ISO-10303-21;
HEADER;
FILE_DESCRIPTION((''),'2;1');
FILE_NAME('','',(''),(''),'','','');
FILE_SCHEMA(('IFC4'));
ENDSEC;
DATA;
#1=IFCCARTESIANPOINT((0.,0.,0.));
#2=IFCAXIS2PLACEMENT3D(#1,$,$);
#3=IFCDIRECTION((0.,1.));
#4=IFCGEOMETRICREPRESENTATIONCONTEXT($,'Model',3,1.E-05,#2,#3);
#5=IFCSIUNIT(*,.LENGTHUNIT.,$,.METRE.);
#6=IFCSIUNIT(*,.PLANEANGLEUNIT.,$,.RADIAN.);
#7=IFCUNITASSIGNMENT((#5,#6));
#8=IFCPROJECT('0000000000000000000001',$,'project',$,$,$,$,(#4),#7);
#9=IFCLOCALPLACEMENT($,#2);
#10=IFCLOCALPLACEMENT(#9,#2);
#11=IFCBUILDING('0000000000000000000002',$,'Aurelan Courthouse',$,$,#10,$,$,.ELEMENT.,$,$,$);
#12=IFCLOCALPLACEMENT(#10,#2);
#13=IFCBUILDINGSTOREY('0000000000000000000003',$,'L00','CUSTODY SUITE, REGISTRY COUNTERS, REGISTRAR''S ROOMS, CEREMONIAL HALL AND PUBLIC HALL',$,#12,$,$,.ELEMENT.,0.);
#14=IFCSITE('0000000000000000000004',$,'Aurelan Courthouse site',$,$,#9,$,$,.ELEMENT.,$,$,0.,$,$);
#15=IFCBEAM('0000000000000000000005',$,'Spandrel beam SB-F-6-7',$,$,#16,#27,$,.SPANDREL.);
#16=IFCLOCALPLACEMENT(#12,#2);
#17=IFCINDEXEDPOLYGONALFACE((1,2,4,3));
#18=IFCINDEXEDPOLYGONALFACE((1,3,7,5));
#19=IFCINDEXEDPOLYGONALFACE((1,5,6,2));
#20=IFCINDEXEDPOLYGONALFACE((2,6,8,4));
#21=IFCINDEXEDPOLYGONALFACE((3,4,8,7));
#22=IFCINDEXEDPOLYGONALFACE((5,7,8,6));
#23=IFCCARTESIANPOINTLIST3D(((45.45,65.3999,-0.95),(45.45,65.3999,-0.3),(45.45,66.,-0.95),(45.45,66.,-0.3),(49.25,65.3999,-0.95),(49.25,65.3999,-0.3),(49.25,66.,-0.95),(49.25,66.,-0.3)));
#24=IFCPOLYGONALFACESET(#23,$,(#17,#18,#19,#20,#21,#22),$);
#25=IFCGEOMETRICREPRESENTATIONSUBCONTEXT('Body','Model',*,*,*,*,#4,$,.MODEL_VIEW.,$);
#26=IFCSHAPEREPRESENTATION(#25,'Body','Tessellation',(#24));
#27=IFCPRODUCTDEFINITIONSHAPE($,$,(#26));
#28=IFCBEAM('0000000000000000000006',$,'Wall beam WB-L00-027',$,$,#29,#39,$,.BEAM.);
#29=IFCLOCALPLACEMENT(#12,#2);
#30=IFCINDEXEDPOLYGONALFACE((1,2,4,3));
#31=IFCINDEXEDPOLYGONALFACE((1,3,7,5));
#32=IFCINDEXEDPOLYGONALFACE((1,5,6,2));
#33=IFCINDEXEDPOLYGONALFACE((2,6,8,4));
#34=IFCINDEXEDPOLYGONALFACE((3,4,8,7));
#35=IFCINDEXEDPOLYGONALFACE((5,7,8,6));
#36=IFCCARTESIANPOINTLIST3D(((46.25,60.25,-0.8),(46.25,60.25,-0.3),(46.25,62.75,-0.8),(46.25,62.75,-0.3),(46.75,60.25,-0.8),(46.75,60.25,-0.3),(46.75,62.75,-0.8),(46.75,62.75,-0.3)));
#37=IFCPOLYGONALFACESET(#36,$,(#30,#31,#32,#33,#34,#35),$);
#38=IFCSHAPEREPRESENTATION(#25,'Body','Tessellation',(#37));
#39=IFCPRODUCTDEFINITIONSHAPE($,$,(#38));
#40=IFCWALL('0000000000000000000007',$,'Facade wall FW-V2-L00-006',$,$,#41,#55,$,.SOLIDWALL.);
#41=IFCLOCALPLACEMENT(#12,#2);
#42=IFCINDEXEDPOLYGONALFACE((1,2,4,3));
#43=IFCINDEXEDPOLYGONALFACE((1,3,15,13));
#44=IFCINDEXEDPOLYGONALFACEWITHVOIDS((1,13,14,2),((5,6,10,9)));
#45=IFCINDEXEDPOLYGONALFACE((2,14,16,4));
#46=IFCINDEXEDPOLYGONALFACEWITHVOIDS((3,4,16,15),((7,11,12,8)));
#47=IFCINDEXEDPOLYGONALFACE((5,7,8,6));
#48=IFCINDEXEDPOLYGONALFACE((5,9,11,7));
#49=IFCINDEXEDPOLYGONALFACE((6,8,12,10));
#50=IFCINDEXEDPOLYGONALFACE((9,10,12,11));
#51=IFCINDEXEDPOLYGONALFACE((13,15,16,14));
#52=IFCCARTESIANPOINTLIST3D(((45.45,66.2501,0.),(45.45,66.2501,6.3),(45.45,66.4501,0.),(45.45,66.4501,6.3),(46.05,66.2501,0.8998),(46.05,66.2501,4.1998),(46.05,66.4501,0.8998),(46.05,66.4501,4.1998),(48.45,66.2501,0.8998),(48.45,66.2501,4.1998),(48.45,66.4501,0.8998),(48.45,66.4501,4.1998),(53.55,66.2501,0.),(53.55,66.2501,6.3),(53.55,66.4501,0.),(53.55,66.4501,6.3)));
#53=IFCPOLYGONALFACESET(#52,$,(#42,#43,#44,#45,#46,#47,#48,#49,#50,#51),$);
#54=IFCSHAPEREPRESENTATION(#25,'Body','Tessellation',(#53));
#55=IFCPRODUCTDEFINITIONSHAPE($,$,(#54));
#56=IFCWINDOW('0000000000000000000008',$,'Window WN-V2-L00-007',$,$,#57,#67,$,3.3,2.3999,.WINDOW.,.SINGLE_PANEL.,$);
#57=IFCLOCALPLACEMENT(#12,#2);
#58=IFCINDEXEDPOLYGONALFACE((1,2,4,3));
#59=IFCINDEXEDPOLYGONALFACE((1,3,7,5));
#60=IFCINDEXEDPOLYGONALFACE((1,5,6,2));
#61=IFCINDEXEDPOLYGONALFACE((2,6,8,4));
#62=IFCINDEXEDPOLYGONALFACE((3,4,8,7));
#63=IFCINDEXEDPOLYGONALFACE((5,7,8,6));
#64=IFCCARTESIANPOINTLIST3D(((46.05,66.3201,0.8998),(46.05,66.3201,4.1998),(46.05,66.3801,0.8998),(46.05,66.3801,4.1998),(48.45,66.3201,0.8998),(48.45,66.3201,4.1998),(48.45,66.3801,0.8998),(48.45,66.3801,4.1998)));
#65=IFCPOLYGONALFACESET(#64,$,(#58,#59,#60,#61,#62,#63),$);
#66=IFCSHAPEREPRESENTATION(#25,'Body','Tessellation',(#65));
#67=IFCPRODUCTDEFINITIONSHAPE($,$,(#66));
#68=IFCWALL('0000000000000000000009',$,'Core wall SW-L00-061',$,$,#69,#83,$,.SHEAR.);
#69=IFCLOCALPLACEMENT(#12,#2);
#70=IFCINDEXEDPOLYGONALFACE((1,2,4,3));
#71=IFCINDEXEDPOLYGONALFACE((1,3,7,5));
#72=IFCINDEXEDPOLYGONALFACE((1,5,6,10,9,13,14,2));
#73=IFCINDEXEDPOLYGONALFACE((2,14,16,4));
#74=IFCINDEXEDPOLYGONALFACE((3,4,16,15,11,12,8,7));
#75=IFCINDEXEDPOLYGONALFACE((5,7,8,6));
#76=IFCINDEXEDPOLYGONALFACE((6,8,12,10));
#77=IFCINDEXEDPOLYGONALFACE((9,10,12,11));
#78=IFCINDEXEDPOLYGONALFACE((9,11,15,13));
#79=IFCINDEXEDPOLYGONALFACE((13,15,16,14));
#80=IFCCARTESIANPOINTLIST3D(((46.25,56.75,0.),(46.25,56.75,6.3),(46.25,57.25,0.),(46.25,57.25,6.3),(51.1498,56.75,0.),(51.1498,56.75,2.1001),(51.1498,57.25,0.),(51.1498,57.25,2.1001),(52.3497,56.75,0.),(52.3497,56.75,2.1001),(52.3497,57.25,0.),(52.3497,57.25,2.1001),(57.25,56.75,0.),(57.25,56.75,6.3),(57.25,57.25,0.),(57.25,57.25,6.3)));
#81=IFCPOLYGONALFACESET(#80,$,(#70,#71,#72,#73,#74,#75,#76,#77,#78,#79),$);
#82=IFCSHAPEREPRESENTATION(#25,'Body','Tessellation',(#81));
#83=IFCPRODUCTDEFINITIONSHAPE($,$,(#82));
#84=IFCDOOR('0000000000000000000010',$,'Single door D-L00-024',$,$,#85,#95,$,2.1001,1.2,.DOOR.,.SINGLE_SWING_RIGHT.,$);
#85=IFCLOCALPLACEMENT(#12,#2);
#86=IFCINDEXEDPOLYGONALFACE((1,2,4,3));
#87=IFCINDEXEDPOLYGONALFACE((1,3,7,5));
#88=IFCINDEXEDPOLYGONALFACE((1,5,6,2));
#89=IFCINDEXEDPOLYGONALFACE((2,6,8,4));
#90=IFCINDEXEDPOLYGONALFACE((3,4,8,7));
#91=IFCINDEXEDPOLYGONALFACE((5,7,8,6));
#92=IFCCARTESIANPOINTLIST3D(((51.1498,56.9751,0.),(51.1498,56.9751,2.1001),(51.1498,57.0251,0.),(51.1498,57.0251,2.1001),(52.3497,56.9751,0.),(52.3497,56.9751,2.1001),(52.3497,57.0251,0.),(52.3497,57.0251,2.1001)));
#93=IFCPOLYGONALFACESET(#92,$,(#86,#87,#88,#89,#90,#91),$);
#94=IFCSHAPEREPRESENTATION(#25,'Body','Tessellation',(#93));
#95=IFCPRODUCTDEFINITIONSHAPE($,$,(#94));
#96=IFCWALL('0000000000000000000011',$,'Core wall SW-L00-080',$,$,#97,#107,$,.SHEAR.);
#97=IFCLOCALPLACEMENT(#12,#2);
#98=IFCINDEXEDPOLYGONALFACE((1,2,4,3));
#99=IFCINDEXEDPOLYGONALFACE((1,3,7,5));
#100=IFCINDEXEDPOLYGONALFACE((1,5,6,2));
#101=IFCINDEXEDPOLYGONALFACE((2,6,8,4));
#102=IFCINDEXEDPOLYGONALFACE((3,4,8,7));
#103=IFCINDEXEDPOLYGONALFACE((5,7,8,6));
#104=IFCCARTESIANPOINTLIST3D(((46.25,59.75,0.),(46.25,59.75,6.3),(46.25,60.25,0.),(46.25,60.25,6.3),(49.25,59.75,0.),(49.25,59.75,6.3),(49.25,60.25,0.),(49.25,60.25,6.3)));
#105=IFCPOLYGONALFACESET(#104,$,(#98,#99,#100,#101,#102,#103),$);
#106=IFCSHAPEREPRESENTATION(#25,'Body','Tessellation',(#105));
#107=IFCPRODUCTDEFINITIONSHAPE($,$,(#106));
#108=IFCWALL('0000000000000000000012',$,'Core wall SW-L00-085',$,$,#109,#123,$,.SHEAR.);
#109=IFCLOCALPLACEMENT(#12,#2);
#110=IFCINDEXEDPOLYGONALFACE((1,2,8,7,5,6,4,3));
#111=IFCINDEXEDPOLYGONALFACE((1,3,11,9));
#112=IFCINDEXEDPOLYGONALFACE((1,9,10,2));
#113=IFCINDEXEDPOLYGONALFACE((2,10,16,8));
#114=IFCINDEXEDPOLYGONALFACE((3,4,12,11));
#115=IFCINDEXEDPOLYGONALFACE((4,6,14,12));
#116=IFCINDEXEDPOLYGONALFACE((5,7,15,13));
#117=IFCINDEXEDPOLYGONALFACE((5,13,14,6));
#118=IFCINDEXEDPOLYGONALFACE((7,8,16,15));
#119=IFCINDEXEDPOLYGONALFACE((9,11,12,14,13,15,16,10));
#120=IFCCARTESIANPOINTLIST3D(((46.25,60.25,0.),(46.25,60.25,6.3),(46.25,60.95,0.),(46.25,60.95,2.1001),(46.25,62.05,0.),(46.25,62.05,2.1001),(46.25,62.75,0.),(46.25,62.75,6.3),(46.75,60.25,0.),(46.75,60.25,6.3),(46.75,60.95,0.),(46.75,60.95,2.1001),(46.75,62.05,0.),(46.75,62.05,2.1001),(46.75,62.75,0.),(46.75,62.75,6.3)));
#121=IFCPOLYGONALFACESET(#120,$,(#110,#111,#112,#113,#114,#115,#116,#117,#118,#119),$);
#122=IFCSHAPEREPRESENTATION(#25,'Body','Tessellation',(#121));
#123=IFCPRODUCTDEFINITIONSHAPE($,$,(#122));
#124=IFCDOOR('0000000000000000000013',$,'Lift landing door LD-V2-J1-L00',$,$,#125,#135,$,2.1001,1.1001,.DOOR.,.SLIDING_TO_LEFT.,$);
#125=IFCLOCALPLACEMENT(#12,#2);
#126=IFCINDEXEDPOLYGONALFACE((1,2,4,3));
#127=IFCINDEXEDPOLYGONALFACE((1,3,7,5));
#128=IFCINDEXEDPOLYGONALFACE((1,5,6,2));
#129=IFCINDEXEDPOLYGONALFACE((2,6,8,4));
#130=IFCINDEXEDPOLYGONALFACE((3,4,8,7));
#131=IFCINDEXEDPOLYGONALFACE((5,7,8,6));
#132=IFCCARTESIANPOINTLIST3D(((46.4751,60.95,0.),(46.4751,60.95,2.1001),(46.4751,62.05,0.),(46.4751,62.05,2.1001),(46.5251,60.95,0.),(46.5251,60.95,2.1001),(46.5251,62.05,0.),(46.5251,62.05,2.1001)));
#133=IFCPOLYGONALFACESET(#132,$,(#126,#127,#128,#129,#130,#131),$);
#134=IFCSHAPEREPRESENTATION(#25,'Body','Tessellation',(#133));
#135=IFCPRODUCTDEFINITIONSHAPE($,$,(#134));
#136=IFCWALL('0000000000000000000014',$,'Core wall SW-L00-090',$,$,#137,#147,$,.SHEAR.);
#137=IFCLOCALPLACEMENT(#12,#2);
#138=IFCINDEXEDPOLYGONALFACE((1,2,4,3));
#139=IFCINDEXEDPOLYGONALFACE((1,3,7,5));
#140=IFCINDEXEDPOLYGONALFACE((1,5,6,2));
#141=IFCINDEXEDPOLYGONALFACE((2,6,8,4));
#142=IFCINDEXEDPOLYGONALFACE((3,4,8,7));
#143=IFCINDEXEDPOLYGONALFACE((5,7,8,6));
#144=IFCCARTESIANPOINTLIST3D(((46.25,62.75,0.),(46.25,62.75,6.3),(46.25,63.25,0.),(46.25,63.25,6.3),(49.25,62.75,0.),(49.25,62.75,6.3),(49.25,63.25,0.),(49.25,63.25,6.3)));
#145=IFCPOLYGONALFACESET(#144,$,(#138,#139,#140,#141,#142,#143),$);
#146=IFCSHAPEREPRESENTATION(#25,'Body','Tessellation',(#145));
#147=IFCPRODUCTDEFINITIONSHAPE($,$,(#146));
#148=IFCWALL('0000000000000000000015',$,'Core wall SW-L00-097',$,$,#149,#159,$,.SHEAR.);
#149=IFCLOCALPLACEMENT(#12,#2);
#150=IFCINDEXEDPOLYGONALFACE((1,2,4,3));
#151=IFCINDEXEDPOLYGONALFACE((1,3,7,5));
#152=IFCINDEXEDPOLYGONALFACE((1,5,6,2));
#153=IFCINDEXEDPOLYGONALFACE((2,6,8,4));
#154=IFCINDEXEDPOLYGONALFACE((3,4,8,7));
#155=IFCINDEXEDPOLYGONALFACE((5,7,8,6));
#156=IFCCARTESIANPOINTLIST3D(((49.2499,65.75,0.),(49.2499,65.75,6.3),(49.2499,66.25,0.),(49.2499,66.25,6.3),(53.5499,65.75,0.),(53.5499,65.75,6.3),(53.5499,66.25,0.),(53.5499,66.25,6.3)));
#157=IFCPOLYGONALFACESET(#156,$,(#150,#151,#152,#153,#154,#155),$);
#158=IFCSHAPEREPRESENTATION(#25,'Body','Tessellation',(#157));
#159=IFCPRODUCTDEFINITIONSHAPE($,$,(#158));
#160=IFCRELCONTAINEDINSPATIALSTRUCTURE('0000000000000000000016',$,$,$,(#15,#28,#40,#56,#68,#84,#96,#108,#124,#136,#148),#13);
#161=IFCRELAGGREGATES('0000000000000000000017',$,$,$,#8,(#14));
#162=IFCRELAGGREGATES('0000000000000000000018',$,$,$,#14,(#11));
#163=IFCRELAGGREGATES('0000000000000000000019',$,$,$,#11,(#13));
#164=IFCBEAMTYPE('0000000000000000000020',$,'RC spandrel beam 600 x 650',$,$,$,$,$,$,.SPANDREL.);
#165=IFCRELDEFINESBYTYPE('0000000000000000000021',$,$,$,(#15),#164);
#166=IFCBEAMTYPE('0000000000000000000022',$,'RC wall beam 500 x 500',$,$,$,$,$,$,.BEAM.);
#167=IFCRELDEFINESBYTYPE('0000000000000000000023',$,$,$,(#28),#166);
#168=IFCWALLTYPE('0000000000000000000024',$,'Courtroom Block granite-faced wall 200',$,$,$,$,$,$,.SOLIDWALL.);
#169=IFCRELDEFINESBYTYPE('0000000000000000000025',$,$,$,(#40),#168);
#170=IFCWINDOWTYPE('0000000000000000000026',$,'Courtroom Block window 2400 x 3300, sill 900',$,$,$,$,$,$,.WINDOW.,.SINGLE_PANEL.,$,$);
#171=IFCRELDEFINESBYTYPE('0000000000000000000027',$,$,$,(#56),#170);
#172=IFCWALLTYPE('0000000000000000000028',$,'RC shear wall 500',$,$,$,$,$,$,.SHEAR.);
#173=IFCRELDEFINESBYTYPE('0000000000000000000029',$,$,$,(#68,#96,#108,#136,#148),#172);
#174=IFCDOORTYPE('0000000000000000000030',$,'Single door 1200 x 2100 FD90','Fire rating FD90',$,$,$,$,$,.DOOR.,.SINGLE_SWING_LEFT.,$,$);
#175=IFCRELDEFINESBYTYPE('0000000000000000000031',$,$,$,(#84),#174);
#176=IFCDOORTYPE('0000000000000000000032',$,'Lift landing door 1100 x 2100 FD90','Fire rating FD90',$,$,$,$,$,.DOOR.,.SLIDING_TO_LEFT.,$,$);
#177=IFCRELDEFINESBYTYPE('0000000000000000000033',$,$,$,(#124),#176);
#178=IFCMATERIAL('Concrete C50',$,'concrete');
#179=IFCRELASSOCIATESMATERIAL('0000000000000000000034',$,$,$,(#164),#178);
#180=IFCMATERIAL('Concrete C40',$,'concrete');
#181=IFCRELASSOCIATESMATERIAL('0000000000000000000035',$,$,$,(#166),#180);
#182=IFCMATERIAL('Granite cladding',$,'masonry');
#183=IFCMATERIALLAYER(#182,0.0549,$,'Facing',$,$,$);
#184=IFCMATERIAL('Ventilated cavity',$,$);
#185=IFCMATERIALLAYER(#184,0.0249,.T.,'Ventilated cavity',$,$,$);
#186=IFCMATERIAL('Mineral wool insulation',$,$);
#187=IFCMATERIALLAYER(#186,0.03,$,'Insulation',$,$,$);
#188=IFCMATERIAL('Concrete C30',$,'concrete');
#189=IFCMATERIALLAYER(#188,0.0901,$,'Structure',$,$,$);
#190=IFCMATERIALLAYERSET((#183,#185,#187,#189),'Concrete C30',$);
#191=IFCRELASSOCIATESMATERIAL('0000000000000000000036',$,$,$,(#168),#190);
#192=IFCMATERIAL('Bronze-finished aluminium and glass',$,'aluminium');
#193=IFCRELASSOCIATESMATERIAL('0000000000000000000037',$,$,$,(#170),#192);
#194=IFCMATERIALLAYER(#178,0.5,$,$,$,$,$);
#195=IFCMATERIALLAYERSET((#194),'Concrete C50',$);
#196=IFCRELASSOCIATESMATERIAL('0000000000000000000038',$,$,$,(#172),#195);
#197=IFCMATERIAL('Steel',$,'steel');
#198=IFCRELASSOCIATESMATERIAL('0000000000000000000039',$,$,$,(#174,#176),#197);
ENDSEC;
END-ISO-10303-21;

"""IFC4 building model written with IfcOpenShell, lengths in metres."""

from ifc_helpers import new_model, si_unit, direction, frame, frame_2d, origin, origin_2d, place, context, subcontext, project, spatial, rectangle, extrude, material, layer, layer_set, material_profile, profile_set, type_object, element, fill, save


model = new_model("IFC4")

# Units and contexts
model_context = context("Model", 3, precision=1e-05, world=origin(), true_north=direction((0.0, 1.0)))
body_context = subcontext(model_context, "Body", "Model", "MODEL_VIEW")
ifc_project = project(units=[si_unit("LENGTHUNIT", "METRE"), si_unit("PLANEANGLEUNIT", "RADIAN")], contexts=[model_context])

# Site, building, storey
site_placement = place(None, origin())
site = spatial("IfcSite", under=ifc_project, at=site_placement, Name="Aurelan Courthouse site", CompositionType="ELEMENT", RefElevation=0.0)
building_placement = place(site_placement, origin())
building = spatial("IfcBuilding", under=site, at=building_placement, Name="Aurelan Courthouse", CompositionType="ELEMENT")
storey_placement = place(building_placement, origin())
storey = spatial("IfcBuildingStorey", under=building, at=storey_placement, Name="L00", Description="CUSTODY SUITE, REGISTRY COUNTERS, REGISTRAR'S ROOMS, CEREMONIAL HALL AND PUBLIC HALL", CompositionType="ELEMENT", Elevation=0.0)

# Beams
ifc_material_1 = material(Name="Concrete C50", Category="concrete")
ifc_material_profile_1 = material_profile(ifc_material_1, rectangle(XDim=0.6001, YDim=0.6499, at=origin_2d()), Name="RC 600 x 650")
ifc_profile_set_1 = profile_set([ifc_material_profile_1], Name="Concrete C50")
beam_type_1 = type_object("IfcBeamType", Name="RC spandrel beam 600 x 650", PredefinedType="SPANDREL", material=ifc_profile_set_1)
beam_1_placement = place(storey_placement, frame((45.45, 65.7, -0.625), z_axis=(1.0, 0.0, 0.0), x_axis=(0.0, 1.0, 0.0)))
element("IfcBeam", 1, at=beam_1_placement, inside=storey, type_object=beam_type_1, Name="Spandrel beam SB-F-6-7", PredefinedType="SPANDREL", context=body_context, shape_type="SweptSolid", body=[
    extrude(rectangle(XDim=0.6001, YDim=0.6499, at=origin_2d()), origin(), (0.0, 0.0, 1.0), 3.8),
])
ifc_material_2 = material(Name="Concrete C40", Category="concrete")
ifc_material_profile_2 = material_profile(ifc_material_2, rectangle(XDim=0.5, YDim=0.5, at=origin_2d()), Name="RC 500 x 500")
ifc_profile_set_2 = profile_set([ifc_material_profile_2], Name="Concrete C40")
beam_type_2 = type_object("IfcBeamType", Name="RC wall beam 500 x 500", PredefinedType="BEAM", material=ifc_profile_set_2)
beam_2_placement = place(storey_placement, frame((46.5, 60.25, -0.55), z_axis=(0.0, 1.0, 0.0), x_axis=(-1.0, 0.0, 0.0)))
element("IfcBeam", 2, at=beam_2_placement, inside=storey, type_object=beam_type_2, Name="Wall beam WB-L00-027", PredefinedType="BEAM", context=body_context, shape_type="SweptSolid", body=[
    extrude(rectangle(XDim=0.5, YDim=0.5, at=origin_2d()), origin(), (0.0, 0.0, 1.0), 2.5),
])

# Wall, opening, window
ifc_material_3 = material(Name="Granite cladding", Category="masonry")
ifc_layer_1 = layer(ifc_material_3, 0.0549, Name="Facing")
ifc_material_4 = material(Name="Ventilated cavity")
ifc_layer_2 = layer(ifc_material_4, 0.0249, ventilated=True, Name="Ventilated cavity")
ifc_material_5 = material(Name="Mineral wool insulation")
ifc_layer_3 = layer(ifc_material_5, 0.03, Name="Insulation")
ifc_material_6 = material(Name="Concrete C30", Category="concrete")
ifc_layer_4 = layer(ifc_material_6, 0.0901, Name="Structure")
ifc_layer_set_1 = layer_set([ifc_layer_1, ifc_layer_2, ifc_layer_3, ifc_layer_4], Name="Concrete C30")
wall_type_1 = type_object("IfcWallType", Name="Courtroom Block granite-faced wall 200", PredefinedType="SOLIDWALL", material=ifc_layer_set_1)
wall_1_placement = place(storey_placement, frame((45.45, 66.3501, 0.0), z_axis=(0.0, 0.0, 1.0), x_axis=(1.0, 0.0, 0.0)))
wall_1 = element("IfcWall", 3, at=wall_1_placement, inside=storey, type_object=wall_type_1, Name="Facade wall FW-V2-L00-006", PredefinedType="SOLIDWALL", context=body_context, shape_type="SweptSolid", body=[
    extrude(rectangle(XDim=8.1001, YDim=0.2, at=frame_2d((4.05, 0.0))), origin(), (0.0, 0.0, 1.0), 6.3),
])
opening_1_placement = place(wall_1_placement, frame((0.6001, 0.0, 0.8999)))
opening_1 = element("IfcOpeningElement", 4, at=opening_1_placement, cuts=wall_1, PredefinedType="OPENING", context=body_context, shape_type="SweptSolid", body=[
    extrude(rectangle(XDim=2.3999, YDim=3.3, at=frame_2d((1.2, 1.6499))), frame((0.0, 0.1099, 0.0), z_axis=(0.0, -1.0, 0.0), x_axis=(1.0, 0.0, 0.0)), (0.0, 0.0, 1.0), 0.22),
])
ifc_material_7 = material(Name="Bronze-finished aluminium and glass", Category="aluminium")
window_type = type_object("IfcWindowType", Name="Courtroom Block window 2400 x 3300, sill 900", PartitioningType="SINGLE_PANEL", PredefinedType="WINDOW", material=ifc_material_7)
window_placement = place(opening_1_placement, origin())
window = element("IfcWindow", 5, at=window_placement, inside=storey, type_object=window_type, Name="Window WN-V2-L00-007", OverallHeight=3.3, OverallWidth=2.3999, PartitioningType="SINGLE_PANEL", PredefinedType="WINDOW", context=body_context, shape_type="SweptSolid", body=[
    extrude(rectangle(XDim=2.3999, YDim=3.3, at=frame_2d((1.2, 1.6499))), frame((0.0, 0.03, 0.0), z_axis=(0.0, -1.0, 0.0), x_axis=(1.0, 0.0, 0.0)), (0.0, 0.0, 1.0), 0.0601),
])
fill(opening_1, window)

# Wall, opening, door
ifc_layer_5 = layer(ifc_material_1, 0.5)
ifc_layer_set_2 = layer_set([ifc_layer_5], Name="Concrete C50")
wall_type_2 = type_object("IfcWallType", Name="RC shear wall 500", PredefinedType="SHEAR", material=ifc_layer_set_2)
wall_2_placement = place(storey_placement, frame((46.25, 57.0, 0.0), z_axis=(0.0, 0.0, 1.0), x_axis=(1.0, 0.0, 0.0)))
wall_2 = element("IfcWall", 6, at=wall_2_placement, inside=storey, type_object=wall_type_2, Name="Core wall SW-L00-061", PredefinedType="SHEAR", context=body_context, shape_type="SweptSolid", body=[
    extrude(rectangle(XDim=11.0, YDim=0.5, at=frame_2d((5.5, 0.0))), origin(), (0.0, 0.0, 1.0), 6.3),
])
opening_2_placement = place(wall_2_placement, frame((6.0999, 0.0, 0.0), z_axis=(0.0, 0.0, 1.0), x_axis=(-1.0, 0.0, 0.0)))
opening_2 = element("IfcOpeningElement", 7, at=opening_2_placement, cuts=wall_2, PredefinedType="OPENING", context=body_context, shape_type="SweptSolid", body=[
    extrude(rectangle(XDim=1.2, YDim=2.1001, at=frame_2d((0.6001, 1.05))), frame((0.0, 0.26, 0.0), z_axis=(0.0, -1.0, 0.0), x_axis=(1.0, 0.0, 0.0)), (0.0, 0.0, 1.0), 0.52),
])
ifc_material_8 = material(Name="Steel", Category="steel")
door_type_1 = type_object("IfcDoorType", Name="Single door 1200 x 2100 FD90", Description="Fire rating FD90", OperationType="SINGLE_SWING_LEFT", PredefinedType="DOOR", material=ifc_material_8)
door_1_placement = place(opening_2_placement, origin())
door_1 = element("IfcDoor", 8, at=door_1_placement, inside=storey, type_object=door_type_1, Name="Single door D-L00-024", OperationType="SINGLE_SWING_RIGHT", OverallHeight=2.1001, OverallWidth=1.2, PredefinedType="DOOR", context=body_context, shape_type="SweptSolid", body=[
    extrude(rectangle(XDim=1.2, YDim=2.1001, at=frame_2d((0.6001, 1.05))), frame((0.0, 0.0249, 0.0), z_axis=(0.0, -1.0, 0.0), x_axis=(1.0, 0.0, 0.0)), (0.0, 0.0, 1.0), 0.05),
])
fill(opening_2, door_1)

# Wall
wall_3_placement = place(storey_placement, frame((46.25, 60.0, 0.0), z_axis=(0.0, 0.0, 1.0), x_axis=(1.0, 0.0, 0.0)))
element("IfcWall", 9, at=wall_3_placement, inside=storey, type_object=wall_type_2, Name="Core wall SW-L00-080", PredefinedType="SHEAR", context=body_context, shape_type="SweptSolid", body=[
    extrude(rectangle(XDim=3.0, YDim=0.5, at=frame_2d((1.5, 0.0))), origin(), (0.0, 0.0, 1.0), 6.3),
])

# Wall, opening, door
wall_4_placement = place(storey_placement, frame((46.5, 60.25, 0.0), z_axis=(0.0, 0.0, 1.0), x_axis=(0.0, 1.0, 0.0)))
wall_4 = element("IfcWall", 10, at=wall_4_placement, inside=storey, type_object=wall_type_2, Name="Core wall SW-L00-085", PredefinedType="SHEAR", context=body_context, shape_type="SweptSolid", body=[
    extrude(rectangle(XDim=2.5, YDim=0.5, at=frame_2d((1.25, 0.0))), origin(), (0.0, 0.0, 1.0), 6.3),
])
opening_3_placement = place(wall_4_placement, frame((0.7, 0.0, 0.0)))
opening_3 = element("IfcOpeningElement", 11, at=opening_3_placement, cuts=wall_4, PredefinedType="OPENING", context=body_context, shape_type="SweptSolid", body=[
    extrude(rectangle(XDim=1.1001, YDim=2.1001, at=frame_2d((0.55, 1.05))), frame((0.0, 0.26, 0.0), z_axis=(0.0, -1.0, 0.0), x_axis=(1.0, 0.0, 0.0)), (0.0, 0.0, 1.0), 0.52),
])
door_type_2 = type_object("IfcDoorType", Name="Lift landing door 1100 x 2100 FD90", Description="Fire rating FD90", OperationType="SLIDING_TO_LEFT", PredefinedType="DOOR", material=ifc_material_8)
door_2_placement = place(opening_3_placement, origin())
door_2 = element("IfcDoor", 12, at=door_2_placement, inside=storey, type_object=door_type_2, Name="Lift landing door LD-V2-J1-L00", OperationType="SLIDING_TO_LEFT", OverallHeight=2.1001, OverallWidth=1.1001, PredefinedType="DOOR", context=body_context, shape_type="SweptSolid", body=[
    extrude(rectangle(XDim=1.1001, YDim=2.1001, at=frame_2d((0.55, 1.05))), frame((0.0, 0.0249, 0.0), z_axis=(0.0, -1.0, 0.0), x_axis=(1.0, 0.0, 0.0)), (0.0, 0.0, 1.0), 0.05),
])
fill(opening_3, door_2)

# Walls
wall_5_placement = place(storey_placement, frame((46.25, 63.0, 0.0), z_axis=(0.0, 0.0, 1.0), x_axis=(1.0, 0.0, 0.0)))
element("IfcWall", 13, at=wall_5_placement, inside=storey, type_object=wall_type_2, Name="Core wall SW-L00-090", PredefinedType="SHEAR", context=body_context, shape_type="SweptSolid", body=[
    extrude(rectangle(XDim=3.0, YDim=0.5, at=frame_2d((1.5, 0.0))), origin(), (0.0, 0.0, 1.0), 6.3),
])
wall_6_placement = place(storey_placement, frame((49.25, 66.0, 0.0), z_axis=(0.0, 0.0, 1.0), x_axis=(1.0, 0.0, 0.0)))
element("IfcWall", 14, at=wall_6_placement, inside=storey, type_object=wall_type_2, Name="Core wall SW-L00-097", PredefinedType="SHEAR", context=body_context, shape_type="SweptSolid", body=[
    extrude(rectangle(XDim=4.3, YDim=0.5, at=frame_2d((2.1499, 0.0))), origin(), (0.0, 0.0, 1.0), 6.3),
])

save(model, "model.ifc")
